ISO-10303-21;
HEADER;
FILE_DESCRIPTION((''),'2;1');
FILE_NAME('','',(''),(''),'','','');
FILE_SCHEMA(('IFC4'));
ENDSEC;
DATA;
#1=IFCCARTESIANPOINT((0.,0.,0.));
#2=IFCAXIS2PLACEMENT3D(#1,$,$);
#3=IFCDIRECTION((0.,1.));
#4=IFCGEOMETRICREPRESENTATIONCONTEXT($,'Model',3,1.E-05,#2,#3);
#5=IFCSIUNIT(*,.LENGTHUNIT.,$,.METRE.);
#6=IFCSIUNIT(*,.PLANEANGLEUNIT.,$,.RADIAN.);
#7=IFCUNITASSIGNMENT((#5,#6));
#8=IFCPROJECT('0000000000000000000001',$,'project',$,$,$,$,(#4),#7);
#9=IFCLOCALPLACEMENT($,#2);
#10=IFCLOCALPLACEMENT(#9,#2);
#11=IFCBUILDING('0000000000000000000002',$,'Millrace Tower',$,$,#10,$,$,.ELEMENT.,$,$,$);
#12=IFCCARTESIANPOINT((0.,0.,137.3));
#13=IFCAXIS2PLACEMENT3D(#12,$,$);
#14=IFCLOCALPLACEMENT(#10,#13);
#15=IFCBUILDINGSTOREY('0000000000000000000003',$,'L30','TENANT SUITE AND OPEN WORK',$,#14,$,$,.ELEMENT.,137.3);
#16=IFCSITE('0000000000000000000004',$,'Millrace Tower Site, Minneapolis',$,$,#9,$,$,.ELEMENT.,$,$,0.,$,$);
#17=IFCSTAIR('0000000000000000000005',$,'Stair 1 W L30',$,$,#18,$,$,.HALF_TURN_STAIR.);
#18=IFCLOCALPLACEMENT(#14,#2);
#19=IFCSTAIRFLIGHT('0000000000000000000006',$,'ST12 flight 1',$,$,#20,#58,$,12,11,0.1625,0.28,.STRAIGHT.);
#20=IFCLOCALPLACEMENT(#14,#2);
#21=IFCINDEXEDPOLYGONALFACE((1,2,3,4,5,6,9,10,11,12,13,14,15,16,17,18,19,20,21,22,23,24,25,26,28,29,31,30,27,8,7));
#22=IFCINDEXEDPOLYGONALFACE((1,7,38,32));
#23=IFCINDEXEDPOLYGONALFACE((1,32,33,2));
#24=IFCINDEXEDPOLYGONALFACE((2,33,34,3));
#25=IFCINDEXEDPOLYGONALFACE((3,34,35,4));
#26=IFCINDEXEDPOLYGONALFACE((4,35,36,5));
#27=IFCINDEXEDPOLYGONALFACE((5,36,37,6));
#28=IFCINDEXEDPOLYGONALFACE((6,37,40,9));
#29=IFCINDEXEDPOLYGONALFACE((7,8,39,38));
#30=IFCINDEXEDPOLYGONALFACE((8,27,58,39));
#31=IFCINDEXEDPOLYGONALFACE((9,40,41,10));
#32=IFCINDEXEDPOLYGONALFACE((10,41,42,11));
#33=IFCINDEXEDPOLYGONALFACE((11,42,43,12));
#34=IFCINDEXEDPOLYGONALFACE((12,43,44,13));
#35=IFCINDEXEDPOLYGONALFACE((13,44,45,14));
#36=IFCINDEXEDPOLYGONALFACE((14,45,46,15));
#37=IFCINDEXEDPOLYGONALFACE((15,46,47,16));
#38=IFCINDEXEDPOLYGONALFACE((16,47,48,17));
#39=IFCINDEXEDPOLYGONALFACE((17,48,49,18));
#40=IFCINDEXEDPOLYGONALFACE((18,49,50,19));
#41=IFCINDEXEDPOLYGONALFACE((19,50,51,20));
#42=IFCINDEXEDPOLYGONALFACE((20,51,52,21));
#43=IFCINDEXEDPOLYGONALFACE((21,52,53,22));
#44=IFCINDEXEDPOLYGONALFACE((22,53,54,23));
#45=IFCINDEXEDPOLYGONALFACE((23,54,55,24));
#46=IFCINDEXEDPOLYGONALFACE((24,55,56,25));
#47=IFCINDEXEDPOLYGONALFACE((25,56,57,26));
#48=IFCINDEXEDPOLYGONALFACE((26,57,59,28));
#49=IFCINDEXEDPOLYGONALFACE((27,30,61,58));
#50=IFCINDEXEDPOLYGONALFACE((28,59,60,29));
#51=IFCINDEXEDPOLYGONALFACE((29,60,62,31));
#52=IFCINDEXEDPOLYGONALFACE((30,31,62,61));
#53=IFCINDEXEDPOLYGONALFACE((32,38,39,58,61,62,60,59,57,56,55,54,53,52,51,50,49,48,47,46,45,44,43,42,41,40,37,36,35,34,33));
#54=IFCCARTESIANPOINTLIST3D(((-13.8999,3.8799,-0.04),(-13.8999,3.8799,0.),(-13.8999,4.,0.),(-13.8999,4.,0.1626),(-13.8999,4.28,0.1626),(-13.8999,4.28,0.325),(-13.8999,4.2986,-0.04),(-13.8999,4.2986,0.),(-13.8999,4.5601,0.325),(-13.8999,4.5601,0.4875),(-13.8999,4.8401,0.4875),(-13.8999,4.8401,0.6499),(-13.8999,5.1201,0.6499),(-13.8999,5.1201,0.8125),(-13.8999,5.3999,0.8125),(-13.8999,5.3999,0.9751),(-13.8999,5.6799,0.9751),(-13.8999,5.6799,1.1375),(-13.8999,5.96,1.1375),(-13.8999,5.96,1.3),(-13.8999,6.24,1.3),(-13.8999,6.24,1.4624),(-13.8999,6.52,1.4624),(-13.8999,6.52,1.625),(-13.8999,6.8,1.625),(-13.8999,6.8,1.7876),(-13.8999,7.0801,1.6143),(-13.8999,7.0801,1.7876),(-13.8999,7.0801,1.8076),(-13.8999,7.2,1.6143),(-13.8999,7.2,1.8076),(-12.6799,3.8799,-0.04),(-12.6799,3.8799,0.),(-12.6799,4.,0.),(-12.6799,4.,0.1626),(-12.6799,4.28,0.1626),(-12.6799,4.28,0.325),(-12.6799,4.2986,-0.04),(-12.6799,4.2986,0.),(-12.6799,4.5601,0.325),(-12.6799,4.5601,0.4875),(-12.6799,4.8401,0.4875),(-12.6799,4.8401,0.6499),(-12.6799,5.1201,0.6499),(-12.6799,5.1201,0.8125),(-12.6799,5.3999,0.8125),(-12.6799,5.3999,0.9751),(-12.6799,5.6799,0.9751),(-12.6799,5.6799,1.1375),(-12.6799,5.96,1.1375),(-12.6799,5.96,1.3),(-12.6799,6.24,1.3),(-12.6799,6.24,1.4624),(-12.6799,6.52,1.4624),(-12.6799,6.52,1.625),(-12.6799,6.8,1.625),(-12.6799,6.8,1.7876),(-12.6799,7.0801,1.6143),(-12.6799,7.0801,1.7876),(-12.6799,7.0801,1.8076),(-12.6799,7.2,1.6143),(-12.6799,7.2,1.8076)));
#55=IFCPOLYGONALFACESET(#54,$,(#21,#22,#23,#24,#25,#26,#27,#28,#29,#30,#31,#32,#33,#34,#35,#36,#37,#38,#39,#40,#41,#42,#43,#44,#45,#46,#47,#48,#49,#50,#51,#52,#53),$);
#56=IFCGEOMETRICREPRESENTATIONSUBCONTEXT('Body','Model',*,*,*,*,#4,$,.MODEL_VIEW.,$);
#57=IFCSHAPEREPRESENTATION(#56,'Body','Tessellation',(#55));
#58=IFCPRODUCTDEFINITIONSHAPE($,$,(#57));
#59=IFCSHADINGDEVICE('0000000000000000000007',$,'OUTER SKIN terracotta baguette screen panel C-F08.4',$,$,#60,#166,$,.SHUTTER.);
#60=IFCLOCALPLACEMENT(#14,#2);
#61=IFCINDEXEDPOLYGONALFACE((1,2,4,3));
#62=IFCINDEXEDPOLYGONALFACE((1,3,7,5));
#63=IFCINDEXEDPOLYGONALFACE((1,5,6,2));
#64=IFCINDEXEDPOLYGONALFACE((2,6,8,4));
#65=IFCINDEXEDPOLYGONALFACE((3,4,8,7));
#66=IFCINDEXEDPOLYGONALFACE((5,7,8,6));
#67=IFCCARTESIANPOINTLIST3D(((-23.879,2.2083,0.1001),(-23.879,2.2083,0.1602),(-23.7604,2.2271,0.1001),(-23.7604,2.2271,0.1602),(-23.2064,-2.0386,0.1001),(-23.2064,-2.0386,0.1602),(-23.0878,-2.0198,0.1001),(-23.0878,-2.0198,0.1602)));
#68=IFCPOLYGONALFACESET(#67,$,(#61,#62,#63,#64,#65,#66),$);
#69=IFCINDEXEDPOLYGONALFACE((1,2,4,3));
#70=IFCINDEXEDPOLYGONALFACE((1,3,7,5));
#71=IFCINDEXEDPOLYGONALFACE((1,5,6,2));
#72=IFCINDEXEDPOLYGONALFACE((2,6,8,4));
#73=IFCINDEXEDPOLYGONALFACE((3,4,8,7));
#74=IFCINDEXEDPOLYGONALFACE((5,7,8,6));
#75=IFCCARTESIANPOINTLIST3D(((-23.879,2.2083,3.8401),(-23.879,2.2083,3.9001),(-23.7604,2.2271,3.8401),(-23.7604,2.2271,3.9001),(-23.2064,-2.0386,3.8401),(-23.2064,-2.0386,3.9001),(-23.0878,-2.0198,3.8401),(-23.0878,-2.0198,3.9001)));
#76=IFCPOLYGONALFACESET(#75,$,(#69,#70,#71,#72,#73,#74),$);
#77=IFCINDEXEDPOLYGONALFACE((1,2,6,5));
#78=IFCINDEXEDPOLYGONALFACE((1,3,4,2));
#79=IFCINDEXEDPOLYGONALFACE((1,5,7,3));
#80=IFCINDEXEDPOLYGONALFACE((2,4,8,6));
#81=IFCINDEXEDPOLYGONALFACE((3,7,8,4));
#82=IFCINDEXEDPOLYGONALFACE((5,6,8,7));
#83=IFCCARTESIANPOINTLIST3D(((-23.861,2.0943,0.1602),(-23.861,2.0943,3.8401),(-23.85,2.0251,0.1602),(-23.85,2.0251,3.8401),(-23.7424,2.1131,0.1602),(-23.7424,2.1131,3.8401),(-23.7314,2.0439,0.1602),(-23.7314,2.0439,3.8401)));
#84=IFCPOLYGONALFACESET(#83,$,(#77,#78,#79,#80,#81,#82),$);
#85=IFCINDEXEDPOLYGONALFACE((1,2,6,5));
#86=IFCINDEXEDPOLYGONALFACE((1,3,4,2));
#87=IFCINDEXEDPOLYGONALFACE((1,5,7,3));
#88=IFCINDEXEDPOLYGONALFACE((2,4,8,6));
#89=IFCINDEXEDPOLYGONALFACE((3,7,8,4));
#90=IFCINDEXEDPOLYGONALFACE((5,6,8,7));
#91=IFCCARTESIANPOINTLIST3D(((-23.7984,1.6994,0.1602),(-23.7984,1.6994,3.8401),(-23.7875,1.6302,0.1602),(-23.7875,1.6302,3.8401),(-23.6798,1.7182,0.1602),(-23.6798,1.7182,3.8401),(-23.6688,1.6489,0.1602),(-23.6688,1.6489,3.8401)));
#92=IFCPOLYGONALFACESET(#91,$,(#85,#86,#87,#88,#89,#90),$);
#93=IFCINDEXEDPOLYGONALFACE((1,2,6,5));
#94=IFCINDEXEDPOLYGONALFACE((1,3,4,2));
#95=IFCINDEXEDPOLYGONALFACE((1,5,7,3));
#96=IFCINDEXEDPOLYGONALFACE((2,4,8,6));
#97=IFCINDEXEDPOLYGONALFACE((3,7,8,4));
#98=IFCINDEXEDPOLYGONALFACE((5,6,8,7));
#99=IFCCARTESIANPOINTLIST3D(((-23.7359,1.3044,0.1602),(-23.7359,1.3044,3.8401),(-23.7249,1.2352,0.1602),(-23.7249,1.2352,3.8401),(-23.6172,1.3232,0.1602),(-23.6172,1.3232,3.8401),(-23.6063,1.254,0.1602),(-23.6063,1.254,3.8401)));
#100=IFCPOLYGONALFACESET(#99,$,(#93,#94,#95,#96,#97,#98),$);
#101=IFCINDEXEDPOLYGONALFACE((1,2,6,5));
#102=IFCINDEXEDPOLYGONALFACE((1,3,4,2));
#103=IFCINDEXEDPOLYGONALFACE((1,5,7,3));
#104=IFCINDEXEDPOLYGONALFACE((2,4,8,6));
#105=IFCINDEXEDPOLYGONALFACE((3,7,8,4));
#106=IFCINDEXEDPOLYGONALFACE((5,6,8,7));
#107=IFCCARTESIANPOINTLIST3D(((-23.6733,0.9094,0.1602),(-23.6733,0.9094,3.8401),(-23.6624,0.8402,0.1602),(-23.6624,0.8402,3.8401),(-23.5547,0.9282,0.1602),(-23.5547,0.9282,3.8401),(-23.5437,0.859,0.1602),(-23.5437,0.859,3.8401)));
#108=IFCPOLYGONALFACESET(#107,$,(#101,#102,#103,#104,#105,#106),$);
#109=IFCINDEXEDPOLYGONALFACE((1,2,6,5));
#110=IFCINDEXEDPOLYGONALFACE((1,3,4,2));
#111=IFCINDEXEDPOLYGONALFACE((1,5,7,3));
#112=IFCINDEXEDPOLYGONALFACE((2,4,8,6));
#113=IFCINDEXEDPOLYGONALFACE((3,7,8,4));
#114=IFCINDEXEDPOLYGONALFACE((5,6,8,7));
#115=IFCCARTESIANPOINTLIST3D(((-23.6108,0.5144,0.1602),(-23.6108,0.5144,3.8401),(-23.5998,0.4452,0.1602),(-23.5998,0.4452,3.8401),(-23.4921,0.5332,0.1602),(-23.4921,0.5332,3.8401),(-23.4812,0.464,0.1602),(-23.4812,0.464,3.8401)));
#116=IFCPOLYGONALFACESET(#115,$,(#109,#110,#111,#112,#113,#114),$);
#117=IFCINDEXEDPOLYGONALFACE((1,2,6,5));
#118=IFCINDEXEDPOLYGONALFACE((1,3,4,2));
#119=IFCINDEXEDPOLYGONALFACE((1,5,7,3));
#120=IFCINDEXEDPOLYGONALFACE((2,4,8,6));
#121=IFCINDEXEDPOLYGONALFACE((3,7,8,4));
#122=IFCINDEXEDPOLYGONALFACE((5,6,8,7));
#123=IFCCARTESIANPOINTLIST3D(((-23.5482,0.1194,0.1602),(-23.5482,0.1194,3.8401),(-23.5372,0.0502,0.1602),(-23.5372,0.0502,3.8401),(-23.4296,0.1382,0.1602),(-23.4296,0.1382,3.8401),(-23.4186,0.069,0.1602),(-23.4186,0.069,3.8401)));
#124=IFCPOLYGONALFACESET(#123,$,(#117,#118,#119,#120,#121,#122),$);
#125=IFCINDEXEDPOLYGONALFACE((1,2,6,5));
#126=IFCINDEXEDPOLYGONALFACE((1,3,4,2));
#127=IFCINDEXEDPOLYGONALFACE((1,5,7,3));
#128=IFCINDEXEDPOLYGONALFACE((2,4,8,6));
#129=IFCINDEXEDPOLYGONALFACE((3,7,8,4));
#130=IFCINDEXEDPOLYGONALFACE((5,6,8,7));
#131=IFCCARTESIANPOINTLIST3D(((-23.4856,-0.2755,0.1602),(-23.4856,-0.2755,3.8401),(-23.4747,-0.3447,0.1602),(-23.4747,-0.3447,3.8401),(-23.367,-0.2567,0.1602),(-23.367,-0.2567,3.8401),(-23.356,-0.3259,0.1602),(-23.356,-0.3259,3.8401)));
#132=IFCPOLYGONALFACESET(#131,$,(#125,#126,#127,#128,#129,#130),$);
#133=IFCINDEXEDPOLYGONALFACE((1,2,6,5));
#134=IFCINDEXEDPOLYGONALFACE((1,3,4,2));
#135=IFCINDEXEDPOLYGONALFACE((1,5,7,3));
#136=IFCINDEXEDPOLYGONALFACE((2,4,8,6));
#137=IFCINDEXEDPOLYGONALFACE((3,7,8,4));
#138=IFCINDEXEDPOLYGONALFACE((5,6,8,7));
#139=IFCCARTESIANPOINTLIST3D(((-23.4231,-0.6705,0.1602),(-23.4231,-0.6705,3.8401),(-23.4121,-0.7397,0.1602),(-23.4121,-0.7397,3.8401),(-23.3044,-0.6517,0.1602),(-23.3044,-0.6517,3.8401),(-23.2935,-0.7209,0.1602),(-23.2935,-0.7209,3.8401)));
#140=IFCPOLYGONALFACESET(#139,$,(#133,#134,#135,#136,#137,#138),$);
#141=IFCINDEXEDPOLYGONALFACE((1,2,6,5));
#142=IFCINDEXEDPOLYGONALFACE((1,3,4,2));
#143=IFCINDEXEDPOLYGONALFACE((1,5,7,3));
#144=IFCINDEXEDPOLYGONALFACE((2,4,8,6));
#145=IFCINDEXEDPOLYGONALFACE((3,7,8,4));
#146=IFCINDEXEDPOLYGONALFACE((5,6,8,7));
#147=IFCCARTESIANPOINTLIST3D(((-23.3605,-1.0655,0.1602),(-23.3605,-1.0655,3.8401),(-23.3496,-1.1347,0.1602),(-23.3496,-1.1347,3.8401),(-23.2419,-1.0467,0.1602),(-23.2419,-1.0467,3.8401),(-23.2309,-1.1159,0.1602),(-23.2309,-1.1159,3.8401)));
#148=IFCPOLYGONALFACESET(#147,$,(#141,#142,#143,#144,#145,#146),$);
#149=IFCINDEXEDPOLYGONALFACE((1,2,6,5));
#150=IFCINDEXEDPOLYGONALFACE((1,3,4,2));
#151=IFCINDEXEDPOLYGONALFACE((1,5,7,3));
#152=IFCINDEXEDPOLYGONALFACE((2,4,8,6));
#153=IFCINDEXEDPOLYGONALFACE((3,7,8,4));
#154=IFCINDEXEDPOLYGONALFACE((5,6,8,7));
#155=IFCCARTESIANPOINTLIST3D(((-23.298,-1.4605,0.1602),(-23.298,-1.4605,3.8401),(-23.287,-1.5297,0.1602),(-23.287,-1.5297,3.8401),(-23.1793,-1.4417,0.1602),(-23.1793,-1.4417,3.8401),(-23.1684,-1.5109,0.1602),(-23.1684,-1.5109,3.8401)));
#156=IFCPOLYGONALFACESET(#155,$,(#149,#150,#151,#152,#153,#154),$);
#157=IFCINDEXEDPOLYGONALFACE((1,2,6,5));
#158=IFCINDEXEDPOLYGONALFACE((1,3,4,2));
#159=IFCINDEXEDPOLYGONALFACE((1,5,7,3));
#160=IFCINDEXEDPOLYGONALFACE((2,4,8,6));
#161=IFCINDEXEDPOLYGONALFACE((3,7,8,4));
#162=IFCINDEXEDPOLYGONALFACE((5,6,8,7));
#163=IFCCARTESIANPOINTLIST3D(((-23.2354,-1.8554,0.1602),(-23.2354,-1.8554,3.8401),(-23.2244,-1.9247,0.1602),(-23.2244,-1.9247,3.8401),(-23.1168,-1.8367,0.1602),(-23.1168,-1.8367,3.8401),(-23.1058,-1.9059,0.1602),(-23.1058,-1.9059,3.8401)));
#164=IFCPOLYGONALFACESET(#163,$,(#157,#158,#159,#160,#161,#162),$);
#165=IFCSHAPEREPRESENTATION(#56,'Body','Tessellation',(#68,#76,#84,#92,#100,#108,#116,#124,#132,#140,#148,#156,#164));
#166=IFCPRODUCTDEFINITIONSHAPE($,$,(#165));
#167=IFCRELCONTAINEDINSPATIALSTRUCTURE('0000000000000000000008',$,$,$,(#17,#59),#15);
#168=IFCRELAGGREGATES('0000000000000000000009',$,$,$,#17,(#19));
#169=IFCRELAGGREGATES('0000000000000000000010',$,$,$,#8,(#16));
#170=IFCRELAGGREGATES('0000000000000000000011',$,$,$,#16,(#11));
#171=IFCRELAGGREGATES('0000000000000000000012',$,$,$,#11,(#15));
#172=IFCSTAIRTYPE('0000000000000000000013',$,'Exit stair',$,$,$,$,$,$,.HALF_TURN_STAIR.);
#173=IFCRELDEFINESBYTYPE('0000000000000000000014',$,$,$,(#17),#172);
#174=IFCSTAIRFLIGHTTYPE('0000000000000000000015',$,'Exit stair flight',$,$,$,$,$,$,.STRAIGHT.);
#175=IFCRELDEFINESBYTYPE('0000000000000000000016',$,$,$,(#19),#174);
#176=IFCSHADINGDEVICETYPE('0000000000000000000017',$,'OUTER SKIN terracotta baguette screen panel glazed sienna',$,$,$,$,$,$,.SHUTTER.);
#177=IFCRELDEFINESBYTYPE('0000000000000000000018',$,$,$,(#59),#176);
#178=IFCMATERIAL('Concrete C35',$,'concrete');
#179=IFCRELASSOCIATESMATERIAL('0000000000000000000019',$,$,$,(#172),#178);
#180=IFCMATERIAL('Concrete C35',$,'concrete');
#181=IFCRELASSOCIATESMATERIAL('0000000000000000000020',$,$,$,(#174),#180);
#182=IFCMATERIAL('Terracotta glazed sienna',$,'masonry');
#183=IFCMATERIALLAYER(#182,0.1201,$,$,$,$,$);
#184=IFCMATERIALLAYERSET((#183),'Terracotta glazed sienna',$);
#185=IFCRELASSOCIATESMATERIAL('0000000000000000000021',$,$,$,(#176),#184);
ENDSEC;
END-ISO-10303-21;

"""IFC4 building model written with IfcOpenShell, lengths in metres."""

from ifc_helpers import new_model, entity, si_unit, direction, frame, frame_2d, origin, origin_2d, place, context, subcontext, project, spatial, polyline, rectangle, outline, extrude, source, transform, mapped, material, layer, layer_set, type_object, element, aggregate, save


model = new_model("IFC4")

# Units and contexts
model_context = context("Model", 3, precision=1e-05, world=origin(), true_north=direction((0.0, 1.0)))
body_context = subcontext(model_context, "Body", "Model", "MODEL_VIEW")
ifc_project = project(units=[si_unit("LENGTHUNIT", "METRE"), si_unit("PLANEANGLEUNIT", "RADIAN")], contexts=[model_context])

# Site, building, storey
site_placement = place(None, origin())
site = spatial("IfcSite", under=ifc_project, at=site_placement, Name="Millrace Tower Site, Minneapolis", CompositionType="ELEMENT", RefElevation=0.0)
building_placement = place(site_placement, origin())
building = spatial("IfcBuilding", under=site, at=building_placement, Name="Millrace Tower", CompositionType="ELEMENT")
storey_placement = place(building_placement, frame((0.0, 0.0, 137.3)))
storey = spatial("IfcBuildingStorey", under=building, at=storey_placement, Name="L30", Description="TENANT SUITE AND OPEN WORK", CompositionType="ELEMENT", Elevation=137.3)

# Shared definitions
placement = place(storey_placement, origin())

# Stair, stair flight
ifc_material_1 = material(Name="Concrete C35", Category="concrete")
stair_type = type_object("IfcStairType", Name="Exit stair", PredefinedType="HALF_TURN_STAIR", material=ifc_material_1)
stair = element("IfcStair", 1, at=placement, inside=storey, type_object=stair_type, Name="Stair 1 W L30", PredefinedType="HALF_TURN_STAIR")
ifc_material_2 = material(Name="Concrete C35", Category="concrete")
stair_flight_type = type_object("IfcStairFlightType", Name="Exit stair flight", PredefinedType="STRAIGHT", material=ifc_material_2)
stair_flight_placement = place(storey_placement, frame((-13.29, 4.0, 0.0), z_axis=(0.0, 0.0, 1.0), x_axis=(0.0, 1.0, 0.0)))
stair_flight = element("IfcStairFlight", 2, at=stair_flight_placement, type_object=stair_flight_type, Name="ST12 flight 1", NumberOfRisers=12, NumberOfTreads=11, PredefinedType="STRAIGHT", RiserHeight=0.1625, TreadLength=0.28, context=body_context, shape_type="SweptSolid", body=[
    extrude(outline(polyline([(-0.1201, -0.04), (-0.1201, 0.0), (0.0, 0.0), (0.0, 0.1626), (0.28, 0.1626), (0.28, 0.325), (0.5601, 0.325), (0.5601, 0.4875), (0.8401, 0.4875), (0.8401, 0.6499), (1.1201, 0.6499), (1.1201, 0.8125), (1.3999, 0.8125), (1.3999, 0.9751), (1.6799, 0.9751), (1.6799, 1.1375), (1.96, 1.1375), (1.96, 1.3), (2.24, 1.3), (2.24, 1.4624), (2.52, 1.4624), (2.52, 1.625), (2.8, 1.625), (2.8, 1.7876), (3.0801, 1.7876), (3.0801, 1.8076), (3.2, 1.8076), (3.2, 1.6143), (3.0801, 1.6143), (0.2986, 0.0), (0.2986, -0.04), (-0.1201, -0.04)])), frame((0.0, 0.6099, 0.0), z_axis=(0.0, -1.0, 0.0), x_axis=(1.0, 0.0, 0.0)), (0.0, 0.0, 1.0), 1.22),
])
aggregate(stair, [stair_flight])

# Shading device
ifc_material_3 = material(Name="Terracotta glazed sienna", Category="masonry")
ifc_layer_1 = layer(ifc_material_3, 0.1201)
ifc_layer_set_1 = layer_set([ifc_layer_1], Name="Terracotta glazed sienna")
shading_device_type = type_object("IfcShadingDeviceType", Name="OUTER SKIN terracotta baguette screen panel glazed sienna", PredefinedType="SHUTTER", material=ifc_layer_set_1)
cartesian_point = entity("IfcCartesianPoint", [-2.1499, 0.0601])
shared_polyline = entity("IfcPolyline", [cartesian_point, entity("IfcCartesianPoint", [2.1499, 0.0601]), entity("IfcCartesianPoint", [2.1499, -0.0601]), entity("IfcCartesianPoint", [-2.1499, -0.0601]), cartesian_point])
shared_shape = source(origin(), body_context, "Body", "SweptSolid", [
    entity("IfcExtrudedAreaSolid", entity("IfcArbitraryClosedProfileDef", "AREA", None, shared_polyline), entity("IfcAxis2Placement3D", entity("IfcCartesianPoint", [0.0, 0.0, 0.0])), entity("IfcDirection", [0.0, 0.0, 1.0]), 0.0601),
    entity("IfcExtrudedAreaSolid", entity("IfcArbitraryClosedProfileDef", "AREA", None, shared_polyline), entity("IfcAxis2Placement3D", entity("IfcCartesianPoint", [0.0, 0.0, 3.74])), entity("IfcDirection", [0.0, 0.0, 1.0]), 0.0601),
    extrude(rectangle(XDim=0.0701, YDim=0.1201, at=frame_2d((-1.9995, 0.0))), frame((0.0, 0.0, 0.0601)), (0.0, 0.0, 1.0), 3.6799),
    extrude(rectangle(XDim=0.0701, YDim=0.1201, at=frame_2d((-1.5996, 0.0))), frame((0.0, 0.0, 0.0601)), (0.0, 0.0, 1.0), 3.6799),
    extrude(rectangle(XDim=0.0701, YDim=0.1201, at=frame_2d((-1.1997, 0.0))), frame((0.0, 0.0, 0.0601)), (0.0, 0.0, 1.0), 3.6799),
    extrude(rectangle(XDim=0.0701, YDim=0.1201, at=frame_2d((-0.7998, 0.0))), frame((0.0, 0.0, 0.0601)), (0.0, 0.0, 1.0), 3.6799),
    extrude(rectangle(XDim=0.0701, YDim=0.1201, at=frame_2d((-0.3999, 0.0))), frame((0.0, 0.0, 0.0601)), (0.0, 0.0, 1.0), 3.6799),
    extrude(rectangle(XDim=0.0701, YDim=0.1201, at=origin_2d()), frame((0.0, 0.0, 0.0601)), (0.0, 0.0, 1.0), 3.6799),
    extrude(rectangle(XDim=0.0701, YDim=0.1201, at=frame_2d((0.3999, 0.0))), frame((0.0, 0.0, 0.0601)), (0.0, 0.0, 1.0), 3.6799),
    extrude(rectangle(XDim=0.0701, YDim=0.1201, at=frame_2d((0.7998, 0.0))), frame((0.0, 0.0, 0.0601)), (0.0, 0.0, 1.0), 3.6799),
    extrude(rectangle(XDim=0.0701, YDim=0.1201, at=frame_2d((1.1997, 0.0))), frame((0.0, 0.0, 0.0601)), (0.0, 0.0, 1.0), 3.6799),
    extrude(rectangle(XDim=0.0701, YDim=0.1201, at=frame_2d((1.5996, 0.0))), frame((0.0, 0.0, 0.0601)), (0.0, 0.0, 1.0), 3.6799),
    extrude(rectangle(XDim=0.0701, YDim=0.1201, at=frame_2d((1.9995, 0.0))), frame((0.0, 0.0, 0.0601)), (0.0, 0.0, 1.0), 3.6799),
])
shading_device_placement = place(storey_placement, frame((-23.4834, 0.0942, 0.1001), z_axis=(0.0, 0.0, 1.0), x_axis=(0.156434, -0.987688, 0.0)))
element("IfcShadingDevice", 3, at=shading_device_placement, inside=storey, type_object=shading_device_type, Name="OUTER SKIN terracotta baguette screen panel C-F08.4", PredefinedType="SHUTTER", context=body_context, shape_type="MappedRepresentation", body=[
    mapped(shared_shape, transform((0.0, 0.0, 0.0), scale=1.0)),
])

save(model, "model.ifc")
